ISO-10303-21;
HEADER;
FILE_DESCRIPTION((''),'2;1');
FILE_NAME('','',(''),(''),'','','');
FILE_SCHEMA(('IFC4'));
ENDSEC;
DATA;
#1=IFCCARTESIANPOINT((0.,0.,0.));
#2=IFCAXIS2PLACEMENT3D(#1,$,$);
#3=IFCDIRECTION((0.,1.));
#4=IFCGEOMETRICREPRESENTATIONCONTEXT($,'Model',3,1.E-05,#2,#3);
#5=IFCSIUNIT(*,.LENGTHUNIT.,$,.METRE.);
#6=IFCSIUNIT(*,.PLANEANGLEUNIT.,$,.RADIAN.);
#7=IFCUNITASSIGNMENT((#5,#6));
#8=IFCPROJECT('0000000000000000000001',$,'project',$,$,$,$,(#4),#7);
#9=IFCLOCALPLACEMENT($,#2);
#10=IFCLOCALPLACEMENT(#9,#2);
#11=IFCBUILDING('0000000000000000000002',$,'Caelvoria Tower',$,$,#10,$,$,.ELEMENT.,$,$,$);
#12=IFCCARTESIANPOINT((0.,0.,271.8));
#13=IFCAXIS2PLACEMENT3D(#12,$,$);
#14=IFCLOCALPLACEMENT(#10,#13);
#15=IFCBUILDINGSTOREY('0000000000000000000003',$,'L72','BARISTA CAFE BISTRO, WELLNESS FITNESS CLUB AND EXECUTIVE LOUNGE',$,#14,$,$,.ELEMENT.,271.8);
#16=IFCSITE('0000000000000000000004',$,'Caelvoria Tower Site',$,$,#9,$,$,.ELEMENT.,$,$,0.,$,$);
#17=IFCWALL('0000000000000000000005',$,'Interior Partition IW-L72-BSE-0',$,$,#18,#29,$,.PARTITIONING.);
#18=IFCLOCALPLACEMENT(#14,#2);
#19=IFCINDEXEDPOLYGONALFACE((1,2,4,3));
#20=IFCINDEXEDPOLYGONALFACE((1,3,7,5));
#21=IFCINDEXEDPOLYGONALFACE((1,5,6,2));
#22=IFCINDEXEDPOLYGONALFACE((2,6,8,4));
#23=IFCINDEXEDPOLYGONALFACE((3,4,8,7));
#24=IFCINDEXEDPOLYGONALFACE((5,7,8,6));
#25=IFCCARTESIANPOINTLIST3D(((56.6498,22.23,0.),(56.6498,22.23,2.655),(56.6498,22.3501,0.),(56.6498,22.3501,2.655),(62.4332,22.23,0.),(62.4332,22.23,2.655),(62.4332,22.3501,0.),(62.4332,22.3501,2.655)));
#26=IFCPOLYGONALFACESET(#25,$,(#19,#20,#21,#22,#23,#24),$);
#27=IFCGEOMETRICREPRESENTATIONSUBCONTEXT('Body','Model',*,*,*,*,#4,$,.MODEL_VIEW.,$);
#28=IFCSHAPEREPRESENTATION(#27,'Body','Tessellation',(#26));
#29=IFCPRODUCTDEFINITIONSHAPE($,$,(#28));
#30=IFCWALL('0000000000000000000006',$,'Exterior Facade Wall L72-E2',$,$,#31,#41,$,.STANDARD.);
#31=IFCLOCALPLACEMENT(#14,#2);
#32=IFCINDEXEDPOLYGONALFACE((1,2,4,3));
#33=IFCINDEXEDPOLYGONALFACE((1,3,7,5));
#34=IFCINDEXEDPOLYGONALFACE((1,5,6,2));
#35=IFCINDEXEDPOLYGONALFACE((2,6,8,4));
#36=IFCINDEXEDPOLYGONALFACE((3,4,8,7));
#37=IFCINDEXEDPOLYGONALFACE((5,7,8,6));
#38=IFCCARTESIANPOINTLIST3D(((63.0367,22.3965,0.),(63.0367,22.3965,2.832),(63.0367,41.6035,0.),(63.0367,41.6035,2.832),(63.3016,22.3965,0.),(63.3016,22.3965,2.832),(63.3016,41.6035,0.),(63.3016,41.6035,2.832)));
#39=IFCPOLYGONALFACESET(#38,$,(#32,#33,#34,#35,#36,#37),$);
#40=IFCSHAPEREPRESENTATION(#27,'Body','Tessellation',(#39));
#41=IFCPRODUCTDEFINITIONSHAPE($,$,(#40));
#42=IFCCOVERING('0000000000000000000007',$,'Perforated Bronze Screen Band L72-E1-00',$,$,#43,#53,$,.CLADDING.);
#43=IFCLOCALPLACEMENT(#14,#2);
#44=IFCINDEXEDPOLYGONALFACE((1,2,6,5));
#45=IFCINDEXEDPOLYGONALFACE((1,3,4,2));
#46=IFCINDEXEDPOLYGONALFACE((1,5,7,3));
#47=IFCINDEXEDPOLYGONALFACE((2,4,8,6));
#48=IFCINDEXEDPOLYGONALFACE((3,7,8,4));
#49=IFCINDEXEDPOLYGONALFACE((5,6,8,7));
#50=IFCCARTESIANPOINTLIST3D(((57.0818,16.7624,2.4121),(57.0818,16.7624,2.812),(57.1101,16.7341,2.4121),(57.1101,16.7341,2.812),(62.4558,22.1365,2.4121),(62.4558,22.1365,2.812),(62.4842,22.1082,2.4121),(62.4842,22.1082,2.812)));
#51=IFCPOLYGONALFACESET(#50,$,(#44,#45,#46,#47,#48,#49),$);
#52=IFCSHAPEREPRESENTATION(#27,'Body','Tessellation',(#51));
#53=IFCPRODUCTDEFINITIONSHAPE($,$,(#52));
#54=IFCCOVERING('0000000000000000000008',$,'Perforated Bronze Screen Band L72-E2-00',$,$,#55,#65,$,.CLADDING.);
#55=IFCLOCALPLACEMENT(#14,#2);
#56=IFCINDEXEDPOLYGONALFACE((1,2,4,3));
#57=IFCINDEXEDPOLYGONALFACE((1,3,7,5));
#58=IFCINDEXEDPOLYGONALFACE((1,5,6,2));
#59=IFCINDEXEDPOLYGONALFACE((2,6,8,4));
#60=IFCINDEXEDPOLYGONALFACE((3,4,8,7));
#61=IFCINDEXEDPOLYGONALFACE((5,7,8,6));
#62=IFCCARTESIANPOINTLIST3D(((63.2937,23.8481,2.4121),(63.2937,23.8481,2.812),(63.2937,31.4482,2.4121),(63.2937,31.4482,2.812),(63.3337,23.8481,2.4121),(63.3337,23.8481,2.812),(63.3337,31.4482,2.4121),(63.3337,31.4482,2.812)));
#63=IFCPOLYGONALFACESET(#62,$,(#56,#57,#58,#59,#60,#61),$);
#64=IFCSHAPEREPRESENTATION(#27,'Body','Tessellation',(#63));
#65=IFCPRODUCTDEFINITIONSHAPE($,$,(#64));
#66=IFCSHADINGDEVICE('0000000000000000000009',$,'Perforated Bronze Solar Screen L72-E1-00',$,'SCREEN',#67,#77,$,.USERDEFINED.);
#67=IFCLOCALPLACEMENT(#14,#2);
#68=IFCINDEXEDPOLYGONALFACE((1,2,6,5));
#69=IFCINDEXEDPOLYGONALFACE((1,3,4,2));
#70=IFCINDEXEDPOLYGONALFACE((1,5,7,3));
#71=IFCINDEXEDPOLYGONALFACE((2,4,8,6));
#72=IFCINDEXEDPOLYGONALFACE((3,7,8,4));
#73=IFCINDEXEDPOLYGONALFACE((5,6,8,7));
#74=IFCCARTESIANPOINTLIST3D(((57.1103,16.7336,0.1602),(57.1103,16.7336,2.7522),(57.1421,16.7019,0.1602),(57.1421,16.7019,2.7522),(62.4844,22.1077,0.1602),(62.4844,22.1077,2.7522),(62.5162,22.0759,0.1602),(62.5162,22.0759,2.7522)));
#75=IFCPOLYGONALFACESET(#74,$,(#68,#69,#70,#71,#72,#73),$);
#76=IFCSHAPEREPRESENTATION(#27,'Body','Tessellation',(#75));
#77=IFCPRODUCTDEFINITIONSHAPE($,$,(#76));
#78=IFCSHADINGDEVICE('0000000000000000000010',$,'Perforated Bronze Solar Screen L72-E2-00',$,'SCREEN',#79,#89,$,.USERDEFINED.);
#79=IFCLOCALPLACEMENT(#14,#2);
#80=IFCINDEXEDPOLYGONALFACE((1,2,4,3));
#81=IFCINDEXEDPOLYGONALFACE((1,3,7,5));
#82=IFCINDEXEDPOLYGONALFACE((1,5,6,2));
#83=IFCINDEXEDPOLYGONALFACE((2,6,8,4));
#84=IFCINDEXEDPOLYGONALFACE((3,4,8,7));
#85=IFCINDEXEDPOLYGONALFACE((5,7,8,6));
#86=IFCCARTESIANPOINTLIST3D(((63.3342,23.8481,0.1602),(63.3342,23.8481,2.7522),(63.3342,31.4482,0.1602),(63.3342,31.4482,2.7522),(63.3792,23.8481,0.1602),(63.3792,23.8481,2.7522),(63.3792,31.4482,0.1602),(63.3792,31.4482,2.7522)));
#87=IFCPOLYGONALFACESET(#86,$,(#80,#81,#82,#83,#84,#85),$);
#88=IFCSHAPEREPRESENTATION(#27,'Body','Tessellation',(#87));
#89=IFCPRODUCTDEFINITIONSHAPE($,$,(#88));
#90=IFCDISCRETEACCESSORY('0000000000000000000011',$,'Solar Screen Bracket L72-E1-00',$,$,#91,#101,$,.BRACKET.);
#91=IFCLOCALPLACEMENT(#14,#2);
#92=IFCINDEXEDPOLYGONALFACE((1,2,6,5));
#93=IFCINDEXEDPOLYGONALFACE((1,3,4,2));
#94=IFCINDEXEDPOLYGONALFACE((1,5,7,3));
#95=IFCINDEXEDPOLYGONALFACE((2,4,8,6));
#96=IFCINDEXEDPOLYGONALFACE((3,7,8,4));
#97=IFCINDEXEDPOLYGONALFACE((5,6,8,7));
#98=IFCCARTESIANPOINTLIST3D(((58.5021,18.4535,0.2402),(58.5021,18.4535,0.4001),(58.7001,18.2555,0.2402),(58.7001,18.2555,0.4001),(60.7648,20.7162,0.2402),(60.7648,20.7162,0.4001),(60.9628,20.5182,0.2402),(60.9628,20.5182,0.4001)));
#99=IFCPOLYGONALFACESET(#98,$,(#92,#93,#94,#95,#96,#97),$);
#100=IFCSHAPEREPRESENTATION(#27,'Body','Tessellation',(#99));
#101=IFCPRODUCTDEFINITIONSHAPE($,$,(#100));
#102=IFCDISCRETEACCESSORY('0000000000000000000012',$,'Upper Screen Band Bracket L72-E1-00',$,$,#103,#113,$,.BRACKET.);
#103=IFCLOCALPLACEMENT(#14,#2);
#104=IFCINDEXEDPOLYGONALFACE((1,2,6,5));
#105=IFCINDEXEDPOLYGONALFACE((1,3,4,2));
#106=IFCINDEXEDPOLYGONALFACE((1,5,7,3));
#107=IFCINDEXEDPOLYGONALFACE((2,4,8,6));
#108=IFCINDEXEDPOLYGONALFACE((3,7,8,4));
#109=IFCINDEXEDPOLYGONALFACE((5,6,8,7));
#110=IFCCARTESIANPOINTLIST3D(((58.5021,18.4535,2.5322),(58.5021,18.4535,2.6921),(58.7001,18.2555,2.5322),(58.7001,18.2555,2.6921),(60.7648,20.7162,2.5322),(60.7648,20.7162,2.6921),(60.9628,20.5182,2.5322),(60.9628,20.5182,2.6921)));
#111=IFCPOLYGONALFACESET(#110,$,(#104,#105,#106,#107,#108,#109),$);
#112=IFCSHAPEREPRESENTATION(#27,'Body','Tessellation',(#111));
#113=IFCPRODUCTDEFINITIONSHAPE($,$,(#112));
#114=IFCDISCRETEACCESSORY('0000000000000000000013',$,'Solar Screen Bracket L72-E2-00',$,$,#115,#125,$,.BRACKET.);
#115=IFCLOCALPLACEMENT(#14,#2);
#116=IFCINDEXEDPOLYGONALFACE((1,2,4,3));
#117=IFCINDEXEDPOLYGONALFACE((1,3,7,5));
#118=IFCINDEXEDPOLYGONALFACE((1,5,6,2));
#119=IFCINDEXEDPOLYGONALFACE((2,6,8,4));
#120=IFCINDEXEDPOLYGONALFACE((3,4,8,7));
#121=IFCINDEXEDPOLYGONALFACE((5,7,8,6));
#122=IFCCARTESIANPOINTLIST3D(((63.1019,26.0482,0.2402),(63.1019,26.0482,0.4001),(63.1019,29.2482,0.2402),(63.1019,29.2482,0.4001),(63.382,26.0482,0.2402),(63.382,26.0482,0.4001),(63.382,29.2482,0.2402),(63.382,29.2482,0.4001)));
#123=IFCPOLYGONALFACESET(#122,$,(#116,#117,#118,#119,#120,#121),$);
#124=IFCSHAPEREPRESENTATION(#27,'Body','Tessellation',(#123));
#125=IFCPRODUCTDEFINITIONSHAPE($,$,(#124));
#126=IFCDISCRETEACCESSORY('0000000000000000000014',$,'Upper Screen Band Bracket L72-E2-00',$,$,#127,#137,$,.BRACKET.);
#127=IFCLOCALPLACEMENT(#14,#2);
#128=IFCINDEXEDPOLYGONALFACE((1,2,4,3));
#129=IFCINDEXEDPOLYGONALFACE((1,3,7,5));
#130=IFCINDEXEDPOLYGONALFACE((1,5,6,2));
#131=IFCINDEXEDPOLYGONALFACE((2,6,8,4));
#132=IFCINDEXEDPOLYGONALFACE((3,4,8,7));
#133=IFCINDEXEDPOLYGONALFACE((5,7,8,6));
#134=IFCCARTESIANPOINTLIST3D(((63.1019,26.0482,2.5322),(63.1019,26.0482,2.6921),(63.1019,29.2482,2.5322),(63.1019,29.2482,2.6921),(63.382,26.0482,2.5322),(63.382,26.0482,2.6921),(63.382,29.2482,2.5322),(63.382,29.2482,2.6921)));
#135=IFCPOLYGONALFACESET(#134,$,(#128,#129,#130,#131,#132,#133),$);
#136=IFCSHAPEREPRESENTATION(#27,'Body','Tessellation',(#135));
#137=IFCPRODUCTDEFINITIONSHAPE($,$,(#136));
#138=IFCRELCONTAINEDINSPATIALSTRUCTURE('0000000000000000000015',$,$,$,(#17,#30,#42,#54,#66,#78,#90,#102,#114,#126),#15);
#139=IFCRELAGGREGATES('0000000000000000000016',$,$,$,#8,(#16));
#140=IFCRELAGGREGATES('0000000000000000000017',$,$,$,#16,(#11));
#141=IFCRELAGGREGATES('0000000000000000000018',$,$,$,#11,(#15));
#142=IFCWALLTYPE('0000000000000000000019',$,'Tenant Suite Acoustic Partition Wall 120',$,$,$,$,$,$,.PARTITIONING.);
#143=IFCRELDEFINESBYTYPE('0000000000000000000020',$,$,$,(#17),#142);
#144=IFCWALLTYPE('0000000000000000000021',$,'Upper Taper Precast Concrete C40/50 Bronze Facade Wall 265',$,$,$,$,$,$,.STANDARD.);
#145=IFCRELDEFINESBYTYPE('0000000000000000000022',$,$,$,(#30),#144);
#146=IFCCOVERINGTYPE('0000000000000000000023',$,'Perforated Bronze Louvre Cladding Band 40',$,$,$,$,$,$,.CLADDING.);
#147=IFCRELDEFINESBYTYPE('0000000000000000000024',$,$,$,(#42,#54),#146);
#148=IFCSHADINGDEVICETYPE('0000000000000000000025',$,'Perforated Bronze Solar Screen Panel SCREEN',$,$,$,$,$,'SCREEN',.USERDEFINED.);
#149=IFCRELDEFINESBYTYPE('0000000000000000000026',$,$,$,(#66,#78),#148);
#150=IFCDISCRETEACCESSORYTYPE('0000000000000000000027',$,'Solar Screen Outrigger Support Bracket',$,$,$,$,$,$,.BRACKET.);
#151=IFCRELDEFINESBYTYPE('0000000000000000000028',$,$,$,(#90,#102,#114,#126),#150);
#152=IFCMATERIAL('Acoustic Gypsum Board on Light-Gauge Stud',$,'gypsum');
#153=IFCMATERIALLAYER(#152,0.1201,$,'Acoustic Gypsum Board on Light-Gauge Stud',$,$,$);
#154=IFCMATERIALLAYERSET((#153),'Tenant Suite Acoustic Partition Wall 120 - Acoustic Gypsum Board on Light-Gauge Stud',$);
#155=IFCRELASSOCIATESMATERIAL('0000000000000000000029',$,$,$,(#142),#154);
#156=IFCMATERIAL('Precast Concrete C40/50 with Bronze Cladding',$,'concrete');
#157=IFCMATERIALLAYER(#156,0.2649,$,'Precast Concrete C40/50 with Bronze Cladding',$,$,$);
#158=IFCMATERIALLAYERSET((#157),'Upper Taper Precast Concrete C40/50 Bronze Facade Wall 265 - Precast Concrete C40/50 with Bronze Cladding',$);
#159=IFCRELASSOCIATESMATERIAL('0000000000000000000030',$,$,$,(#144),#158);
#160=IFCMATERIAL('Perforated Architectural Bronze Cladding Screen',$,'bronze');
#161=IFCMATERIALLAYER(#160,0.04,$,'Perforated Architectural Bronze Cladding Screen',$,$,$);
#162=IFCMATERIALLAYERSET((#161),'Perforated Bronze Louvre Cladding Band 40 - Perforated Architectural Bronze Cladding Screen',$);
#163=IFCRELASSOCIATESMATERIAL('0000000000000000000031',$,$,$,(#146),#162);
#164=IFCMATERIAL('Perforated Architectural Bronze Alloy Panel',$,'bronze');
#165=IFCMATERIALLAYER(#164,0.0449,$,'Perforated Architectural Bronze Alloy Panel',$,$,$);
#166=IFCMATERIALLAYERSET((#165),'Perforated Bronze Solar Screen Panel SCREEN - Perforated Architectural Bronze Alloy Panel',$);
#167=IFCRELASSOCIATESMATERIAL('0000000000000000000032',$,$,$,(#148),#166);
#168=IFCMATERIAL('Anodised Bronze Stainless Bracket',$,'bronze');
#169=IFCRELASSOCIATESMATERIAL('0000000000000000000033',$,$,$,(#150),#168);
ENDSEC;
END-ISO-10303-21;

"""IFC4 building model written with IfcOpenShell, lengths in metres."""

from ifc_helpers import new_model, si_unit, direction, frame, frame_2d, origin, origin_2d, place, context, subcontext, project, spatial, rectangle, extrude, material, layer, layer_set, type_object, element, save


model = new_model("IFC4")

# Units and contexts
model_context = context("Model", 3, precision=1e-05, world=origin(), true_north=direction((0.0, 1.0)))
body_context = subcontext(model_context, "Body", "Model", "MODEL_VIEW")
ifc_project = project(units=[si_unit("LENGTHUNIT", "METRE"), si_unit("PLANEANGLEUNIT", "RADIAN")], contexts=[model_context])

# Site, building, storey
site_placement = place(None, origin())
site = spatial("IfcSite", under=ifc_project, at=site_placement, Name="Caelvoria Tower Site", CompositionType="ELEMENT", RefElevation=0.0)
building_placement = place(site_placement, origin())
building = spatial("IfcBuilding", under=site, at=building_placement, Name="Caelvoria Tower", CompositionType="ELEMENT")
storey_placement = place(building_placement, frame((0.0, 0.0, 271.8)))
storey = spatial("IfcBuildingStorey", under=building, at=storey_placement, Name="L72", Description="BARISTA CAFE BISTRO, WELLNESS FITNESS CLUB AND EXECUTIVE LOUNGE", CompositionType="ELEMENT", Elevation=271.8)

# Shared definitions
ifc_material_1 = material(Name="Acoustic Gypsum Board on Light-Gauge Stud", Category="gypsum")
ifc_layer_1 = layer(ifc_material_1, 0.1201, Name="Acoustic Gypsum Board on Light-Gauge Stud")
ifc_layer_set_1 = layer_set([ifc_layer_1], Name="Tenant Suite Acoustic Partition Wall 120 - Acoustic Gypsum Board on Light-Gauge Stud")
wall_type_1 = type_object("IfcWallType", Name="Tenant Suite Acoustic Partition Wall 120", PredefinedType="PARTITIONING", material=ifc_layer_set_1)

# Walls
wall_1_placement = place(storey_placement, frame((56.6499, 22.29, 0.0), z_axis=(0.0, 0.0, 1.0), x_axis=(1.0, 0.0, 0.0)))
element("IfcWall", 1, at=wall_1_placement, inside=storey, type_object=wall_type_1, Name="Interior Partition IW-L72-BSE-0", PredefinedType="PARTITIONING", context=body_context, shape_type="SweptSolid", body=[
    extrude(rectangle(XDim=5.7834, YDim=0.1201, at=frame_2d((2.8916, 0.0))), origin(), (0.0, 0.0, 1.0), 2.655),
])
ifc_material_2 = material(Name="Precast Concrete C40/50 with Bronze Cladding", Category="concrete")
ifc_layer_2 = layer(ifc_material_2, 0.2649, Name="Precast Concrete C40/50 with Bronze Cladding")
ifc_layer_set_2 = layer_set([ifc_layer_2], Name="Upper Taper Precast Concrete C40/50 Bronze Facade Wall 265 - Precast Concrete C40/50 with Bronze Cladding")
wall_type_2 = type_object("IfcWallType", Name="Upper Taper Precast Concrete C40/50 Bronze Facade Wall 265", PredefinedType="STANDARD", material=ifc_layer_set_2)
wall_2_placement = place(storey_placement, frame((63.1692, 22.3965, 0.0), z_axis=(0.0, 0.0, 1.0), x_axis=(0.0, 1.0, 0.0)))
element("IfcWall", 2, at=wall_2_placement, inside=storey, type_object=wall_type_2, Name="Exterior Facade Wall L72-E2", PredefinedType="STANDARD", context=body_context, shape_type="SweptSolid", body=[
    extrude(rectangle(XDim=19.207, YDim=0.2649, at=frame_2d((9.6035, 0.0))), origin(), (0.0, 0.0, 1.0), 2.832),
])

# Coverings
ifc_material_3 = material(Name="Perforated Architectural Bronze Cladding Screen", Category="bronze")
ifc_layer_3 = layer(ifc_material_3, 0.04, Name="Perforated Architectural Bronze Cladding Screen")
ifc_layer_set_3 = layer_set([ifc_layer_3], Name="Perforated Bronze Louvre Cladding Band 40 - Perforated Architectural Bronze Cladding Screen")
covering_type = type_object("IfcCoveringType", Name="Perforated Bronze Louvre Cladding Band 40", PredefinedType="CLADDING", material=ifc_layer_set_3)
for number, where, z_axis, x_axis, name in (
    (3, (59.783, 19.4353, 2.4121), (0.0, 0.0, 1.0), (0.707107, 0.707107, 0.0), "Perforated Bronze Screen Band L72-E1-00"),
    (4, (63.3137, 27.6482, 2.4121), (0.0, 0.0, 1.0), (0.0, 1.0, 0.0), "Perforated Bronze Screen Band L72-E2-00"),
):
    element("IfcCovering", number, at=place(storey_placement, frame(where, z_axis=z_axis, x_axis=x_axis)), inside=storey, type_object=covering_type, Name=name, PredefinedType="CLADDING", context=body_context, shape_type="SweptSolid", body=[
        extrude(rectangle(XDim=7.6001, YDim=0.04, at=origin_2d()), origin(), (0.0, 0.0, 1.0), 0.3999),
    ])

# Shading devices
ifc_material_4 = material(Name="Perforated Architectural Bronze Alloy Panel", Category="bronze")
ifc_layer_4 = layer(ifc_material_4, 0.0449, Name="Perforated Architectural Bronze Alloy Panel")
ifc_layer_set_4 = layer_set([ifc_layer_4], Name="Perforated Bronze Solar Screen Panel SCREEN - Perforated Architectural Bronze Alloy Panel")
shading_device_type = type_object("IfcShadingDeviceType", Name="Perforated Bronze Solar Screen Panel SCREEN", ElementType="SCREEN", PredefinedType="USERDEFINED", material=ifc_layer_set_4)
for number, where, z_axis, x_axis, name in (
    (5, (59.8132, 19.4048, 0.1602), (0.0, 0.0, 1.0), (0.707107, 0.707107, 0.0), "Perforated Bronze Solar Screen L72-E1-00"),
    (6, (63.3567, 27.6482, 0.1602), (0.0, 0.0, 1.0), (0.0, 1.0, 0.0), "Perforated Bronze Solar Screen L72-E2-00"),
):
    element("IfcShadingDevice", number, at=place(storey_placement, frame(where, z_axis=z_axis, x_axis=x_axis)), inside=storey, type_object=shading_device_type, Name=name, ObjectType="SCREEN", PredefinedType="USERDEFINED", context=body_context, shape_type="SweptSolid", body=[
        extrude(rectangle(XDim=7.6001, YDim=0.0449, at=origin_2d()), origin(), (0.0, 0.0, 1.0), 2.592),
    ])

# Discrete accessories
ifc_material_5 = material(Name="Anodised Bronze Stainless Bracket", Category="bronze")
discrete_accessory_type = type_object("IfcDiscreteAccessoryType", Name="Solar Screen Outrigger Support Bracket", PredefinedType="BRACKET", material=ifc_material_5)
for number, where, z_axis, x_axis, name in (
    (7, (59.7324, 19.4858, 0.2402), (0.0, 0.0, 1.0), (0.707107, 0.707107, 0.0), "Solar Screen Bracket L72-E1-00"),
    (8, (59.7324, 19.4858, 2.5322), (0.0, 0.0, 1.0), (0.707107, 0.707107, 0.0), "Upper Screen Band Bracket L72-E1-00"),
    (9, (63.2419, 27.6482, 0.2402), (0.0, 0.0, 1.0), (0.0, 1.0, 0.0), "Solar Screen Bracket L72-E2-00"),
    (10, (63.2419, 27.6482, 2.5322), (0.0, 0.0, 1.0), (0.0, 1.0, 0.0), "Upper Screen Band Bracket L72-E2-00"),
):
    element("IfcDiscreteAccessory", number, at=place(storey_placement, frame(where, z_axis=z_axis, x_axis=x_axis)), inside=storey, type_object=discrete_accessory_type, Name=name, PredefinedType="BRACKET", context=body_context, shape_type="SweptSolid", body=[
        extrude(rectangle(XDim=3.2, YDim=0.28, at=origin_2d()), origin(), (0.0, 0.0, 1.0), 0.1599),
    ])

save(model, "model.ifc")
